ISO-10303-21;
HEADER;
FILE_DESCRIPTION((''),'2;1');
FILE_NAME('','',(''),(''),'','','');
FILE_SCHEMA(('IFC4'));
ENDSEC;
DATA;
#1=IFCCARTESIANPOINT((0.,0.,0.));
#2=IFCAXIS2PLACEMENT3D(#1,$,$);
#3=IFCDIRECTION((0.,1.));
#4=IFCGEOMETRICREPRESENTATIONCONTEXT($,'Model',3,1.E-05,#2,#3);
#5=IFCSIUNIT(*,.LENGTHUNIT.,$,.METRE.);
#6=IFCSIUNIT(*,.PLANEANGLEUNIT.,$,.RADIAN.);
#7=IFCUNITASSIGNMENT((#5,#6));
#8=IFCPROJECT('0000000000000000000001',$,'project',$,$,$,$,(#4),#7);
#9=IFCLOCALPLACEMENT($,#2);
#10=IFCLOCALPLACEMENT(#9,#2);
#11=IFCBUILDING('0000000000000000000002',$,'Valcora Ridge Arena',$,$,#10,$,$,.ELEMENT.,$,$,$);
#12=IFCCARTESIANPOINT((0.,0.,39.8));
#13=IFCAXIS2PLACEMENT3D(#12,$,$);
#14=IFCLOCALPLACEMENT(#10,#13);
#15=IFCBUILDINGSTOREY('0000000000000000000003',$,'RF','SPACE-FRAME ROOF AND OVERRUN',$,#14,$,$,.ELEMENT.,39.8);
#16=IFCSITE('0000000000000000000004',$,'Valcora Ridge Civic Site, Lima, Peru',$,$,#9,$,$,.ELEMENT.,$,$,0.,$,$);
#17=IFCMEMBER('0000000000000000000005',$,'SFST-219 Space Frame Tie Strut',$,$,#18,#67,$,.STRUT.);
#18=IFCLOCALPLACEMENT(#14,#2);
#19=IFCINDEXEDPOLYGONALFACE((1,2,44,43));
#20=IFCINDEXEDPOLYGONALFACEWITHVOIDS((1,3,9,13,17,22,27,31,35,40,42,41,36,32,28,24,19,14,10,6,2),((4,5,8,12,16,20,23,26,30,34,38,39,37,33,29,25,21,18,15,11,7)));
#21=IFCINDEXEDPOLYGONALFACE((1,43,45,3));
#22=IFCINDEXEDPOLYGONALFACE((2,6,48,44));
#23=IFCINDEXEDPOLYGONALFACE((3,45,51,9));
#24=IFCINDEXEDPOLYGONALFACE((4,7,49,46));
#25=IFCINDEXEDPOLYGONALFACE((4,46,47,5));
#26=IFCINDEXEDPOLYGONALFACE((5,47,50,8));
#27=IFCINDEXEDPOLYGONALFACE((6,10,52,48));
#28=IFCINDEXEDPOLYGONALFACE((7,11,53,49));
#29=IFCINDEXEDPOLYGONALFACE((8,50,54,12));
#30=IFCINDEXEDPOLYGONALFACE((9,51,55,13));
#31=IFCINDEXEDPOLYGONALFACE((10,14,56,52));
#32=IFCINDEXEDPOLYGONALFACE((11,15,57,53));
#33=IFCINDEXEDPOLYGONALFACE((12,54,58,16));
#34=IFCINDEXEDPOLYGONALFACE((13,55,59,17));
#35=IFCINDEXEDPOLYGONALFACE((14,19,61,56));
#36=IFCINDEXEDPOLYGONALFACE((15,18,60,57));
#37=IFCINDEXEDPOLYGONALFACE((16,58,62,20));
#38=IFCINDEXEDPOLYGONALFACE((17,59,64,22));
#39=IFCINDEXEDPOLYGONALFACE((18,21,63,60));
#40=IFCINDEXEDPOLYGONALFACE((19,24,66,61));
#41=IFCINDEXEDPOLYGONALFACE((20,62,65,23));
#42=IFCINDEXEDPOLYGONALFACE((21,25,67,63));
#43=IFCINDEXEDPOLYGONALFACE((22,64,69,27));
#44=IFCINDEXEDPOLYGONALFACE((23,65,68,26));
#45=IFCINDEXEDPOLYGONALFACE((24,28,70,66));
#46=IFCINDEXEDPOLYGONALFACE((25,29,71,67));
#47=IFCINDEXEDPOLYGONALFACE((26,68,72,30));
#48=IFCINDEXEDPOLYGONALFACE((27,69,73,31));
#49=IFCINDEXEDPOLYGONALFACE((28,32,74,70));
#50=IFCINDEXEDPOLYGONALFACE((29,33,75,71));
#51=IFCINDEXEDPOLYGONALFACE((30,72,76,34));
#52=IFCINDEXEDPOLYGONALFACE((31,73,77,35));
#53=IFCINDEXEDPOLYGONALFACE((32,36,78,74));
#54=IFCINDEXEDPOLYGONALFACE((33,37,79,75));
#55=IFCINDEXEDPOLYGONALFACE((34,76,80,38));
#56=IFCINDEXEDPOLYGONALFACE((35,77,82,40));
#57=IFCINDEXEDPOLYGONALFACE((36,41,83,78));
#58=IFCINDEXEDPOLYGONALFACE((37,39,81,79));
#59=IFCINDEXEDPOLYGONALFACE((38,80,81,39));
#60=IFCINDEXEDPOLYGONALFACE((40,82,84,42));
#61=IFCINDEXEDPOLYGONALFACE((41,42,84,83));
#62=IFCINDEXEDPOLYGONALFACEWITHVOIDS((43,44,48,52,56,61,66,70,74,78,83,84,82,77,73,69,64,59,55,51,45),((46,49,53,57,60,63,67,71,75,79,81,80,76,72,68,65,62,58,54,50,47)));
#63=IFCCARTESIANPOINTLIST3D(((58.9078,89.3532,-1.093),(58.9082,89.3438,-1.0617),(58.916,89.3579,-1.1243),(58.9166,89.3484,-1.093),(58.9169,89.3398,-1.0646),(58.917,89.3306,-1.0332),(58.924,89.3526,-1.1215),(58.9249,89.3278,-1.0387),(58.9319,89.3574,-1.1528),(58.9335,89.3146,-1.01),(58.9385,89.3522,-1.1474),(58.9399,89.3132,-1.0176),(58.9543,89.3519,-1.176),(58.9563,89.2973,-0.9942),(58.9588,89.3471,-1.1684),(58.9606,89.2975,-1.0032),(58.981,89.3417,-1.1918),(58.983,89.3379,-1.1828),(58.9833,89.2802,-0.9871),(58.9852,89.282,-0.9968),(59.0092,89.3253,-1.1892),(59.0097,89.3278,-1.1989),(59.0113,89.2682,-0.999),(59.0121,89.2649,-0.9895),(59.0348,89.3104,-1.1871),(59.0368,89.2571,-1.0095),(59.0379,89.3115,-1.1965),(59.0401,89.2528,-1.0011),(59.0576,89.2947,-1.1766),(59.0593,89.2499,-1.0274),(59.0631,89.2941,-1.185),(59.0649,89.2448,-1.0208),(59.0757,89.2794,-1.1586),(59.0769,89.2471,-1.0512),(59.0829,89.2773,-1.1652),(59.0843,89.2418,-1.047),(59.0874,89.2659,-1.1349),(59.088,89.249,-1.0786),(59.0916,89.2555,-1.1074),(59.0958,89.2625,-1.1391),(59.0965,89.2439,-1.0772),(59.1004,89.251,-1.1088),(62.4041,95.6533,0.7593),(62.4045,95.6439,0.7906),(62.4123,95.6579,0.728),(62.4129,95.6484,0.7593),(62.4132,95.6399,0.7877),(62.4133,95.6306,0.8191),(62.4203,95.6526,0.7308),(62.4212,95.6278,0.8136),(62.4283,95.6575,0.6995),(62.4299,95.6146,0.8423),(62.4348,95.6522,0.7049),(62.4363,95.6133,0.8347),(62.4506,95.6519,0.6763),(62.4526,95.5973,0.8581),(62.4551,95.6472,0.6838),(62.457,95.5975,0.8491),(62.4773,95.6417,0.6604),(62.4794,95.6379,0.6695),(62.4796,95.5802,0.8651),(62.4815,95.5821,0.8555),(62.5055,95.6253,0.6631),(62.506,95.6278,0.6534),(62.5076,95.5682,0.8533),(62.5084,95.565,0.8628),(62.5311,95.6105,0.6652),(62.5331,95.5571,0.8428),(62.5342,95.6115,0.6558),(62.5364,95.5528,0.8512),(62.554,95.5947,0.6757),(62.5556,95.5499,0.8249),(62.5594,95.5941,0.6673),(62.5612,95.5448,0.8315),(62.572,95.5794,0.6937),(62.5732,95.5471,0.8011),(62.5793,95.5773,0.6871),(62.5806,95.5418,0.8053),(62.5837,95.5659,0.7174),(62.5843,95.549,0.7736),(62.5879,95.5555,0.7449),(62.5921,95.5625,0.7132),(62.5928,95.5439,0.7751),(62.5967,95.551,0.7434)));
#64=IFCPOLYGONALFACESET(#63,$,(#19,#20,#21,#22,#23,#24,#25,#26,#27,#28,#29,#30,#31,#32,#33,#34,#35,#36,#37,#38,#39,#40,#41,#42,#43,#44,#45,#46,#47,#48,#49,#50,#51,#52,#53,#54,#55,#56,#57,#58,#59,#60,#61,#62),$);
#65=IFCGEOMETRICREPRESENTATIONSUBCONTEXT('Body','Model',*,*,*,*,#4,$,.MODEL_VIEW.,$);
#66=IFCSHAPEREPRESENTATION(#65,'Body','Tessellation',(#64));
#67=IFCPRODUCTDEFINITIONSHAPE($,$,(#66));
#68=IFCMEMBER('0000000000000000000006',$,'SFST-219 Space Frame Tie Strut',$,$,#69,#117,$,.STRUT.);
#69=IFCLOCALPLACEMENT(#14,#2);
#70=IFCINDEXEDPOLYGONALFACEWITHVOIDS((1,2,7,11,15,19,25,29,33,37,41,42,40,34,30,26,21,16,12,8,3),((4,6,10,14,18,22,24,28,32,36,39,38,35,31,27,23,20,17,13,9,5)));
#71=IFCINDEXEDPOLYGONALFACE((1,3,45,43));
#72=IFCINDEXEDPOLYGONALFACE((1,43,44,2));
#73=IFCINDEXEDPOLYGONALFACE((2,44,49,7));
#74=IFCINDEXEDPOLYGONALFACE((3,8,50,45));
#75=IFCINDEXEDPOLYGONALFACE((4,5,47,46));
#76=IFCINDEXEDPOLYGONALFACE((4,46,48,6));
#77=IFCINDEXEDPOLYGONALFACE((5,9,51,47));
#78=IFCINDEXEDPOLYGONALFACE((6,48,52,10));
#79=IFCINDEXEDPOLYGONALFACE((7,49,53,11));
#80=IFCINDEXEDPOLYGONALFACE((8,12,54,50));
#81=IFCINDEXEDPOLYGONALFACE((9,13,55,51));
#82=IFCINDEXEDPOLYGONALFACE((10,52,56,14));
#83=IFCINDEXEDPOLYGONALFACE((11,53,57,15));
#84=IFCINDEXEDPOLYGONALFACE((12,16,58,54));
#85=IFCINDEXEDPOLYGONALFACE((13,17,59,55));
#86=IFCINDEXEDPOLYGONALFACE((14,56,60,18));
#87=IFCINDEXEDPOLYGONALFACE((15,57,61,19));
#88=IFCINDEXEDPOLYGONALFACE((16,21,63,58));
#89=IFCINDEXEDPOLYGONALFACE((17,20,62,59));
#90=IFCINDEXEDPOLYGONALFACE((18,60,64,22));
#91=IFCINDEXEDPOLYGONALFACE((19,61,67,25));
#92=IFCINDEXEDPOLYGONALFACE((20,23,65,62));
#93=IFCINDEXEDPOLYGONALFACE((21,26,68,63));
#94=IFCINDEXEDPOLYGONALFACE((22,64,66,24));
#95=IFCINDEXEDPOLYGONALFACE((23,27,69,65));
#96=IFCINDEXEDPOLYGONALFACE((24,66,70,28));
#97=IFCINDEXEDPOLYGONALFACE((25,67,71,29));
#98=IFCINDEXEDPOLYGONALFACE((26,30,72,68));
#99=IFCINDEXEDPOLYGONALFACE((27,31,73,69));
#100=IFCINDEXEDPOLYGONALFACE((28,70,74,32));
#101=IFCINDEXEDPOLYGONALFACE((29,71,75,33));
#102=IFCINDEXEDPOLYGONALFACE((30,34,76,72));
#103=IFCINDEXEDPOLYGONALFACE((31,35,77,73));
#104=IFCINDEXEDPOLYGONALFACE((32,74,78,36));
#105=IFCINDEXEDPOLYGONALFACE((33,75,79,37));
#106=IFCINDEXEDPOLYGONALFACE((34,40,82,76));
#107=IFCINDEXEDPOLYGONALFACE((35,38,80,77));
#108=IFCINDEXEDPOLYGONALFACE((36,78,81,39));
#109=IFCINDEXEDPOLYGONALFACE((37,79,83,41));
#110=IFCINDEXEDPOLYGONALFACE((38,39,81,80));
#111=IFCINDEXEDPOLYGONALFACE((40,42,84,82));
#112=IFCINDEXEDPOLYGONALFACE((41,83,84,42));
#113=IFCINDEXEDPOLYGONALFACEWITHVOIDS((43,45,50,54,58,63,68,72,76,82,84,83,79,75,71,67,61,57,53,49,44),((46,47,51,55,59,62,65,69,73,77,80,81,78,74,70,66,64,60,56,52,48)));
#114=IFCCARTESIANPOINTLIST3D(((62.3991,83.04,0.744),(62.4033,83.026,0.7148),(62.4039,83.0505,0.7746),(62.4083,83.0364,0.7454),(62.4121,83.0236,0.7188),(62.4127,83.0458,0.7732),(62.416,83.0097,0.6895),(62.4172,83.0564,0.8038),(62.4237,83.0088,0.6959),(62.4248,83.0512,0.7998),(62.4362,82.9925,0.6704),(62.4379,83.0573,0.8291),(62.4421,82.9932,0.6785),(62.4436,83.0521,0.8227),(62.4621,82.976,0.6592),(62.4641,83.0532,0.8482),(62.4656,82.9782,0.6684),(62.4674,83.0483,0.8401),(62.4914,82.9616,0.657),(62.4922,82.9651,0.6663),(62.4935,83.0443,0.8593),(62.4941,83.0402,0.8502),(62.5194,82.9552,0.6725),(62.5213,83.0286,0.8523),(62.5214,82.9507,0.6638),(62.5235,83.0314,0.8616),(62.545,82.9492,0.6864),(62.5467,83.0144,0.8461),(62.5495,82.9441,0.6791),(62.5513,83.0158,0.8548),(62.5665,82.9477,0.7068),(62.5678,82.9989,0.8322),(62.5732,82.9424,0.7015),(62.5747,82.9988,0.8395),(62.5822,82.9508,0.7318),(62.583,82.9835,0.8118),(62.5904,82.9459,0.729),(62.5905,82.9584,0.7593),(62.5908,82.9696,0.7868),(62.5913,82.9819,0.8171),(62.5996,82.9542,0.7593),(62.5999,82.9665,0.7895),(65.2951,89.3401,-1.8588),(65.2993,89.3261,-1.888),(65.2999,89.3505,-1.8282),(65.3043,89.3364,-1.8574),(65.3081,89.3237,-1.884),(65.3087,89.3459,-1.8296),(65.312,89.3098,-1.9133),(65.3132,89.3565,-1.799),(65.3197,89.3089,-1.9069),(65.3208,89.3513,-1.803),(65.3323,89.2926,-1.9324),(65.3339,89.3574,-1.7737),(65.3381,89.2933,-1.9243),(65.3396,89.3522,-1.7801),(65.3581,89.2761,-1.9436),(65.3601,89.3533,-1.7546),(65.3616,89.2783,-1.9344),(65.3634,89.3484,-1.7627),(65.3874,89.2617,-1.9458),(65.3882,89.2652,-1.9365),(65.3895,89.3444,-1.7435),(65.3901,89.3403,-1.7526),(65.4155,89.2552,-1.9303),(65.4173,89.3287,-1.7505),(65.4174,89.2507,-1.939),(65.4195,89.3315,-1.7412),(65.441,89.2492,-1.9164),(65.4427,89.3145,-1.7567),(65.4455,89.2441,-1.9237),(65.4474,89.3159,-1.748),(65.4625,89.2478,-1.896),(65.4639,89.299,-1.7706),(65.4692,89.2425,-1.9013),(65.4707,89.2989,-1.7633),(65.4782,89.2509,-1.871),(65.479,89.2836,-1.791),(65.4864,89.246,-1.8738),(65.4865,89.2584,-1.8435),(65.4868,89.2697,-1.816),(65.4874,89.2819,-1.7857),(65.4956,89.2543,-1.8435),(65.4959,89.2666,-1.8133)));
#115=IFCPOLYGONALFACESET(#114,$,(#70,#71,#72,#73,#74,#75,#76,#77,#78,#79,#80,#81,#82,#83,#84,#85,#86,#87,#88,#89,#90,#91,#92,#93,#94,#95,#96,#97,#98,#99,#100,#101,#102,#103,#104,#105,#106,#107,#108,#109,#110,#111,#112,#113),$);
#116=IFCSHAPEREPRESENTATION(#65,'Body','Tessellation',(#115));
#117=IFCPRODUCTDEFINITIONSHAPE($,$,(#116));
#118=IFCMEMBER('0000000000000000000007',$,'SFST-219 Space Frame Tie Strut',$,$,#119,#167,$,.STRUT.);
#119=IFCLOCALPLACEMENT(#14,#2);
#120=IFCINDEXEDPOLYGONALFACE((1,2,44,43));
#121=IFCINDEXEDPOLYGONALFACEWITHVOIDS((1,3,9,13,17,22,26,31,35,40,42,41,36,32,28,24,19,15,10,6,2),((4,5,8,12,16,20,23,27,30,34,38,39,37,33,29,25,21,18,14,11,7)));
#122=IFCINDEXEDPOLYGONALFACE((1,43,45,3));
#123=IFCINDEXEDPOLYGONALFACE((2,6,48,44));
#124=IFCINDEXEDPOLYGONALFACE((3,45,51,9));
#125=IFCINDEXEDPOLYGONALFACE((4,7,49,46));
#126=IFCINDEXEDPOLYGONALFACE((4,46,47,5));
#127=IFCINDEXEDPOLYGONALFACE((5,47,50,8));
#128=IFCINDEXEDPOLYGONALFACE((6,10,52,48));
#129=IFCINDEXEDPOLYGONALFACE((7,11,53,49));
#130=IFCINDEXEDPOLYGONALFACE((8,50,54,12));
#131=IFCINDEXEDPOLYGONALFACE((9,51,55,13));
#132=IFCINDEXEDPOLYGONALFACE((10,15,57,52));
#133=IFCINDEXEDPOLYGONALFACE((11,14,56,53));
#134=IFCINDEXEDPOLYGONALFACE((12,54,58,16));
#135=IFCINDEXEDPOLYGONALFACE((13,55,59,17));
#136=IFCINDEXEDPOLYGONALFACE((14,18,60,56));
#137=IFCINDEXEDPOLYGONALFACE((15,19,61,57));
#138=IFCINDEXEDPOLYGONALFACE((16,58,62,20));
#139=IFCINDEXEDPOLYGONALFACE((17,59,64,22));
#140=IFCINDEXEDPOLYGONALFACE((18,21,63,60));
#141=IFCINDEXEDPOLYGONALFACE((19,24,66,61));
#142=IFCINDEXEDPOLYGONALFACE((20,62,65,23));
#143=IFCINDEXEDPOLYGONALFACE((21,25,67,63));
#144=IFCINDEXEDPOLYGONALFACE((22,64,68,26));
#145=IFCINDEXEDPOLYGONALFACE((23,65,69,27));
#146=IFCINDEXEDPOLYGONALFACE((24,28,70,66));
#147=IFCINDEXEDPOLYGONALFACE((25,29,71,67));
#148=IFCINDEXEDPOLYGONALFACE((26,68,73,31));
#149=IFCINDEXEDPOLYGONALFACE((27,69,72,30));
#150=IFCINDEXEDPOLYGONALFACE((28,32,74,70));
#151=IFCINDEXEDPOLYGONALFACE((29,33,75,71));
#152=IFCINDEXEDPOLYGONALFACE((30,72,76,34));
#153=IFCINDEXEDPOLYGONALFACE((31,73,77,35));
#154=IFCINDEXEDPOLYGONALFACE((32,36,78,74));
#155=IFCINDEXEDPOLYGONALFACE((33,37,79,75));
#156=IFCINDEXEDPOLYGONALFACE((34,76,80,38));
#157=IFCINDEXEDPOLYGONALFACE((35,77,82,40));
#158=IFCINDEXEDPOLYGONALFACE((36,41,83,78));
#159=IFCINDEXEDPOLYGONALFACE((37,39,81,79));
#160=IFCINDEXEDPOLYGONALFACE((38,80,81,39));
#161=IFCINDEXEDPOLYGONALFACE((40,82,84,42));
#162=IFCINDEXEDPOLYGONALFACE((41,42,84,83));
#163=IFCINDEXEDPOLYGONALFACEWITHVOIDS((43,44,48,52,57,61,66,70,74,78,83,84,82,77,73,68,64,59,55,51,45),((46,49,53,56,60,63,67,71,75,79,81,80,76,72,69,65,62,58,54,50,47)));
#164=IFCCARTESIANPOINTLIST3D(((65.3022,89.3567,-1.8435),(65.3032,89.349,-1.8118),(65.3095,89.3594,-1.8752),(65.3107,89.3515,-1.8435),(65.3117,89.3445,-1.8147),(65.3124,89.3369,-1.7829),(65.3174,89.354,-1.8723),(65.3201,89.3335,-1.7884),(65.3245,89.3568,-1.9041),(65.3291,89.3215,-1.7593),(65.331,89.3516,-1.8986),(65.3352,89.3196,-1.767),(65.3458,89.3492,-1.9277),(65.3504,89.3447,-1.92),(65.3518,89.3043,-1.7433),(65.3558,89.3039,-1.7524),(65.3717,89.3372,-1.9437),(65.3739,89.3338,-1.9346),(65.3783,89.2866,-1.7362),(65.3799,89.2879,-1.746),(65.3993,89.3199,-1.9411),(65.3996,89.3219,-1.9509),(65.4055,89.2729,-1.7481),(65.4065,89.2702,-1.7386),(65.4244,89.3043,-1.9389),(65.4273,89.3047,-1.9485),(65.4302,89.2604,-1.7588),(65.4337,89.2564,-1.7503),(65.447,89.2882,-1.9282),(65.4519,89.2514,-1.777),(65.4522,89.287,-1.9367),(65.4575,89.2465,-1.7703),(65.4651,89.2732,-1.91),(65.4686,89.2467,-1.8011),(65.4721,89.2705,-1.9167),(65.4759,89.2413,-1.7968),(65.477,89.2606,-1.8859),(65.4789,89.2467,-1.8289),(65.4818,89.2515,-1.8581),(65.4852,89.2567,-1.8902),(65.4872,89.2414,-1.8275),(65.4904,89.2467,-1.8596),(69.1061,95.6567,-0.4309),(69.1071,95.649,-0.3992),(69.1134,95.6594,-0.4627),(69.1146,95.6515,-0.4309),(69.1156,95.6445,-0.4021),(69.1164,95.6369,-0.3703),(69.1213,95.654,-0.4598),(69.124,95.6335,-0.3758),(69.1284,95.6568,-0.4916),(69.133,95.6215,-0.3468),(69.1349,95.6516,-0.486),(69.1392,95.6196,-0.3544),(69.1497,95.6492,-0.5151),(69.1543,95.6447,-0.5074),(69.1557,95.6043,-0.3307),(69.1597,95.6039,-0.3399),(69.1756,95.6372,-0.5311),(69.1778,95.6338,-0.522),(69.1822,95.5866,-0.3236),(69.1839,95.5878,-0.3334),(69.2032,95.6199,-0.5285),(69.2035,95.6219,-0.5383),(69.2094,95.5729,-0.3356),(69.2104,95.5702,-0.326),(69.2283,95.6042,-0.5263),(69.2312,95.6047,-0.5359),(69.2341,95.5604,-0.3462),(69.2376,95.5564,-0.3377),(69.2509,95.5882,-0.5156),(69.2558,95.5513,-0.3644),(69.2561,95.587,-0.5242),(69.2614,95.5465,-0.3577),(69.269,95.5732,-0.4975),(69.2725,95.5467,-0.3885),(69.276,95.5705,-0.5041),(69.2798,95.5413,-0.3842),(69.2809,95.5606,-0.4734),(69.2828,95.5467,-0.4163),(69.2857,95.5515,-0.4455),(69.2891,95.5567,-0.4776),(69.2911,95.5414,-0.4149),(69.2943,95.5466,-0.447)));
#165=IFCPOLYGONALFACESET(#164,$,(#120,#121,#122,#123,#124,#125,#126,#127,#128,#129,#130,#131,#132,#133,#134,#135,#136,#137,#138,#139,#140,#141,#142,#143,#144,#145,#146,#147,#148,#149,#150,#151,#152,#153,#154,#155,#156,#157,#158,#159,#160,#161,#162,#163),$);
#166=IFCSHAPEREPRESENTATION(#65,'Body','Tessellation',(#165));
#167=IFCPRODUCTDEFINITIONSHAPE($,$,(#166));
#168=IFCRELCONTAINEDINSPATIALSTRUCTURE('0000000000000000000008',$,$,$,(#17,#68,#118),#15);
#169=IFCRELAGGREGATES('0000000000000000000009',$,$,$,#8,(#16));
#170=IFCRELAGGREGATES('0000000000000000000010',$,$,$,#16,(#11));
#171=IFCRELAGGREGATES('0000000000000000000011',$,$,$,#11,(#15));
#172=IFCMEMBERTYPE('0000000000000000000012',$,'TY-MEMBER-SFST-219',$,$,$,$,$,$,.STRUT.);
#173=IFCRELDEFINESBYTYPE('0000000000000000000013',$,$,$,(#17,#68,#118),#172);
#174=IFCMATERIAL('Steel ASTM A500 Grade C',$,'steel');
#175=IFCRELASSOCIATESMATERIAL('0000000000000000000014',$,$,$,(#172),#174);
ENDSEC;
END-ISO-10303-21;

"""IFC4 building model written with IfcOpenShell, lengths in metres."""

from ifc_helpers import new_model, si_unit, direction, frame, origin, origin_2d, place, context, subcontext, project, spatial, hollow_circle, extrude, material, material_profile, profile_set, type_object, element, save


model = new_model("IFC4")

# Units and contexts
model_context = context("Model", 3, precision=1e-05, world=origin(), true_north=direction((0.0, 1.0)))
body_context = subcontext(model_context, "Body", "Model", "MODEL_VIEW")
ifc_project = project(units=[si_unit("LENGTHUNIT", "METRE"), si_unit("PLANEANGLEUNIT", "RADIAN")], contexts=[model_context])

# Site, building, storey
site_placement = place(None, origin())
site = spatial("IfcSite", under=ifc_project, at=site_placement, Name="Valcora Ridge Civic Site, Lima, Peru", CompositionType="ELEMENT", RefElevation=0.0)
building_placement = place(site_placement, origin())
building = spatial("IfcBuilding", under=site, at=building_placement, Name="Valcora Ridge Arena", CompositionType="ELEMENT")
storey_placement = place(building_placement, frame((0.0, 0.0, 39.8)))
storey = spatial("IfcBuildingStorey", under=building, at=storey_placement, Name="RF", Description="SPACE-FRAME ROOF AND OVERRUN", CompositionType="ELEMENT", Elevation=39.8)

# Members
ifc_material_1 = material(Name="Steel ASTM A500 Grade C", Category="steel")
ifc_material_profile_1 = material_profile(ifc_material_1, hollow_circle(Radius=0.1096, WallThickness=0.01, at=origin_2d()), Name="CHS219X10")
ifc_profile_set_1 = profile_set([ifc_material_profile_1], Name="Steel ASTM A500 Grade C")
member_type_1 = type_object("IfcMemberType", Name="TY-MEMBER-SFST-219", PredefinedType="STRUT", material=ifc_profile_set_1)
member_1_placement = place(storey_placement, frame((59.0037, 89.3, -1.093), z_axis=(0.46997, 0.846839, 0.248981), x_axis=(-0.874375, 0.485252, 0.0)))
element("IfcMember", 1, at=member_1_placement, inside=storey, type_object=member_type_1, Name="SFST-219 Space Frame Tie Strut", PredefinedType="STRUT", context=body_context, shape_type="SweptSolid", body=[
    extrude(hollow_circle(Radius=0.1096, WallThickness=0.01, at=origin_2d()), origin(), (0.0, 0.0, 1.0), 7.4395),
])
member_2_placement = place(storey_placement, frame((65.396, 89.3, -1.8435), z_axis=(-0.391023, -0.850645, 0.351433), x_axis=(0.908601, -0.417664, 0.0)))
element("IfcMember", 2, at=member_2_placement, inside=storey, type_object=member_type_1, Name="SFST-219 Space Frame Tie Strut", PredefinedType="STRUT", context=body_context, shape_type="SweptSolid", body=[
    extrude(hollow_circle(Radius=0.1096, WallThickness=0.01, at=origin_2d()), origin(), (0.0, 0.0, 1.0), 7.4062),
])
member_3_placement = place(storey_placement, frame((65.396, 89.3, -1.8435), z_axis=(0.507618, 0.840708, 0.188504), x_axis=(-0.856055, 0.516884, 0.0)))
element("IfcMember", 3, at=member_3_placement, inside=storey, type_object=member_type_1, Name="SFST-219 Space Frame Tie Strut", PredefinedType="STRUT", context=body_context, shape_type="SweptSolid", body=[
    extrude(hollow_circle(Radius=0.1096, WallThickness=0.01, at=origin_2d()), origin(), (0.0, 0.0, 1.0), 7.4937),
])

save(model, "model.ifc")
